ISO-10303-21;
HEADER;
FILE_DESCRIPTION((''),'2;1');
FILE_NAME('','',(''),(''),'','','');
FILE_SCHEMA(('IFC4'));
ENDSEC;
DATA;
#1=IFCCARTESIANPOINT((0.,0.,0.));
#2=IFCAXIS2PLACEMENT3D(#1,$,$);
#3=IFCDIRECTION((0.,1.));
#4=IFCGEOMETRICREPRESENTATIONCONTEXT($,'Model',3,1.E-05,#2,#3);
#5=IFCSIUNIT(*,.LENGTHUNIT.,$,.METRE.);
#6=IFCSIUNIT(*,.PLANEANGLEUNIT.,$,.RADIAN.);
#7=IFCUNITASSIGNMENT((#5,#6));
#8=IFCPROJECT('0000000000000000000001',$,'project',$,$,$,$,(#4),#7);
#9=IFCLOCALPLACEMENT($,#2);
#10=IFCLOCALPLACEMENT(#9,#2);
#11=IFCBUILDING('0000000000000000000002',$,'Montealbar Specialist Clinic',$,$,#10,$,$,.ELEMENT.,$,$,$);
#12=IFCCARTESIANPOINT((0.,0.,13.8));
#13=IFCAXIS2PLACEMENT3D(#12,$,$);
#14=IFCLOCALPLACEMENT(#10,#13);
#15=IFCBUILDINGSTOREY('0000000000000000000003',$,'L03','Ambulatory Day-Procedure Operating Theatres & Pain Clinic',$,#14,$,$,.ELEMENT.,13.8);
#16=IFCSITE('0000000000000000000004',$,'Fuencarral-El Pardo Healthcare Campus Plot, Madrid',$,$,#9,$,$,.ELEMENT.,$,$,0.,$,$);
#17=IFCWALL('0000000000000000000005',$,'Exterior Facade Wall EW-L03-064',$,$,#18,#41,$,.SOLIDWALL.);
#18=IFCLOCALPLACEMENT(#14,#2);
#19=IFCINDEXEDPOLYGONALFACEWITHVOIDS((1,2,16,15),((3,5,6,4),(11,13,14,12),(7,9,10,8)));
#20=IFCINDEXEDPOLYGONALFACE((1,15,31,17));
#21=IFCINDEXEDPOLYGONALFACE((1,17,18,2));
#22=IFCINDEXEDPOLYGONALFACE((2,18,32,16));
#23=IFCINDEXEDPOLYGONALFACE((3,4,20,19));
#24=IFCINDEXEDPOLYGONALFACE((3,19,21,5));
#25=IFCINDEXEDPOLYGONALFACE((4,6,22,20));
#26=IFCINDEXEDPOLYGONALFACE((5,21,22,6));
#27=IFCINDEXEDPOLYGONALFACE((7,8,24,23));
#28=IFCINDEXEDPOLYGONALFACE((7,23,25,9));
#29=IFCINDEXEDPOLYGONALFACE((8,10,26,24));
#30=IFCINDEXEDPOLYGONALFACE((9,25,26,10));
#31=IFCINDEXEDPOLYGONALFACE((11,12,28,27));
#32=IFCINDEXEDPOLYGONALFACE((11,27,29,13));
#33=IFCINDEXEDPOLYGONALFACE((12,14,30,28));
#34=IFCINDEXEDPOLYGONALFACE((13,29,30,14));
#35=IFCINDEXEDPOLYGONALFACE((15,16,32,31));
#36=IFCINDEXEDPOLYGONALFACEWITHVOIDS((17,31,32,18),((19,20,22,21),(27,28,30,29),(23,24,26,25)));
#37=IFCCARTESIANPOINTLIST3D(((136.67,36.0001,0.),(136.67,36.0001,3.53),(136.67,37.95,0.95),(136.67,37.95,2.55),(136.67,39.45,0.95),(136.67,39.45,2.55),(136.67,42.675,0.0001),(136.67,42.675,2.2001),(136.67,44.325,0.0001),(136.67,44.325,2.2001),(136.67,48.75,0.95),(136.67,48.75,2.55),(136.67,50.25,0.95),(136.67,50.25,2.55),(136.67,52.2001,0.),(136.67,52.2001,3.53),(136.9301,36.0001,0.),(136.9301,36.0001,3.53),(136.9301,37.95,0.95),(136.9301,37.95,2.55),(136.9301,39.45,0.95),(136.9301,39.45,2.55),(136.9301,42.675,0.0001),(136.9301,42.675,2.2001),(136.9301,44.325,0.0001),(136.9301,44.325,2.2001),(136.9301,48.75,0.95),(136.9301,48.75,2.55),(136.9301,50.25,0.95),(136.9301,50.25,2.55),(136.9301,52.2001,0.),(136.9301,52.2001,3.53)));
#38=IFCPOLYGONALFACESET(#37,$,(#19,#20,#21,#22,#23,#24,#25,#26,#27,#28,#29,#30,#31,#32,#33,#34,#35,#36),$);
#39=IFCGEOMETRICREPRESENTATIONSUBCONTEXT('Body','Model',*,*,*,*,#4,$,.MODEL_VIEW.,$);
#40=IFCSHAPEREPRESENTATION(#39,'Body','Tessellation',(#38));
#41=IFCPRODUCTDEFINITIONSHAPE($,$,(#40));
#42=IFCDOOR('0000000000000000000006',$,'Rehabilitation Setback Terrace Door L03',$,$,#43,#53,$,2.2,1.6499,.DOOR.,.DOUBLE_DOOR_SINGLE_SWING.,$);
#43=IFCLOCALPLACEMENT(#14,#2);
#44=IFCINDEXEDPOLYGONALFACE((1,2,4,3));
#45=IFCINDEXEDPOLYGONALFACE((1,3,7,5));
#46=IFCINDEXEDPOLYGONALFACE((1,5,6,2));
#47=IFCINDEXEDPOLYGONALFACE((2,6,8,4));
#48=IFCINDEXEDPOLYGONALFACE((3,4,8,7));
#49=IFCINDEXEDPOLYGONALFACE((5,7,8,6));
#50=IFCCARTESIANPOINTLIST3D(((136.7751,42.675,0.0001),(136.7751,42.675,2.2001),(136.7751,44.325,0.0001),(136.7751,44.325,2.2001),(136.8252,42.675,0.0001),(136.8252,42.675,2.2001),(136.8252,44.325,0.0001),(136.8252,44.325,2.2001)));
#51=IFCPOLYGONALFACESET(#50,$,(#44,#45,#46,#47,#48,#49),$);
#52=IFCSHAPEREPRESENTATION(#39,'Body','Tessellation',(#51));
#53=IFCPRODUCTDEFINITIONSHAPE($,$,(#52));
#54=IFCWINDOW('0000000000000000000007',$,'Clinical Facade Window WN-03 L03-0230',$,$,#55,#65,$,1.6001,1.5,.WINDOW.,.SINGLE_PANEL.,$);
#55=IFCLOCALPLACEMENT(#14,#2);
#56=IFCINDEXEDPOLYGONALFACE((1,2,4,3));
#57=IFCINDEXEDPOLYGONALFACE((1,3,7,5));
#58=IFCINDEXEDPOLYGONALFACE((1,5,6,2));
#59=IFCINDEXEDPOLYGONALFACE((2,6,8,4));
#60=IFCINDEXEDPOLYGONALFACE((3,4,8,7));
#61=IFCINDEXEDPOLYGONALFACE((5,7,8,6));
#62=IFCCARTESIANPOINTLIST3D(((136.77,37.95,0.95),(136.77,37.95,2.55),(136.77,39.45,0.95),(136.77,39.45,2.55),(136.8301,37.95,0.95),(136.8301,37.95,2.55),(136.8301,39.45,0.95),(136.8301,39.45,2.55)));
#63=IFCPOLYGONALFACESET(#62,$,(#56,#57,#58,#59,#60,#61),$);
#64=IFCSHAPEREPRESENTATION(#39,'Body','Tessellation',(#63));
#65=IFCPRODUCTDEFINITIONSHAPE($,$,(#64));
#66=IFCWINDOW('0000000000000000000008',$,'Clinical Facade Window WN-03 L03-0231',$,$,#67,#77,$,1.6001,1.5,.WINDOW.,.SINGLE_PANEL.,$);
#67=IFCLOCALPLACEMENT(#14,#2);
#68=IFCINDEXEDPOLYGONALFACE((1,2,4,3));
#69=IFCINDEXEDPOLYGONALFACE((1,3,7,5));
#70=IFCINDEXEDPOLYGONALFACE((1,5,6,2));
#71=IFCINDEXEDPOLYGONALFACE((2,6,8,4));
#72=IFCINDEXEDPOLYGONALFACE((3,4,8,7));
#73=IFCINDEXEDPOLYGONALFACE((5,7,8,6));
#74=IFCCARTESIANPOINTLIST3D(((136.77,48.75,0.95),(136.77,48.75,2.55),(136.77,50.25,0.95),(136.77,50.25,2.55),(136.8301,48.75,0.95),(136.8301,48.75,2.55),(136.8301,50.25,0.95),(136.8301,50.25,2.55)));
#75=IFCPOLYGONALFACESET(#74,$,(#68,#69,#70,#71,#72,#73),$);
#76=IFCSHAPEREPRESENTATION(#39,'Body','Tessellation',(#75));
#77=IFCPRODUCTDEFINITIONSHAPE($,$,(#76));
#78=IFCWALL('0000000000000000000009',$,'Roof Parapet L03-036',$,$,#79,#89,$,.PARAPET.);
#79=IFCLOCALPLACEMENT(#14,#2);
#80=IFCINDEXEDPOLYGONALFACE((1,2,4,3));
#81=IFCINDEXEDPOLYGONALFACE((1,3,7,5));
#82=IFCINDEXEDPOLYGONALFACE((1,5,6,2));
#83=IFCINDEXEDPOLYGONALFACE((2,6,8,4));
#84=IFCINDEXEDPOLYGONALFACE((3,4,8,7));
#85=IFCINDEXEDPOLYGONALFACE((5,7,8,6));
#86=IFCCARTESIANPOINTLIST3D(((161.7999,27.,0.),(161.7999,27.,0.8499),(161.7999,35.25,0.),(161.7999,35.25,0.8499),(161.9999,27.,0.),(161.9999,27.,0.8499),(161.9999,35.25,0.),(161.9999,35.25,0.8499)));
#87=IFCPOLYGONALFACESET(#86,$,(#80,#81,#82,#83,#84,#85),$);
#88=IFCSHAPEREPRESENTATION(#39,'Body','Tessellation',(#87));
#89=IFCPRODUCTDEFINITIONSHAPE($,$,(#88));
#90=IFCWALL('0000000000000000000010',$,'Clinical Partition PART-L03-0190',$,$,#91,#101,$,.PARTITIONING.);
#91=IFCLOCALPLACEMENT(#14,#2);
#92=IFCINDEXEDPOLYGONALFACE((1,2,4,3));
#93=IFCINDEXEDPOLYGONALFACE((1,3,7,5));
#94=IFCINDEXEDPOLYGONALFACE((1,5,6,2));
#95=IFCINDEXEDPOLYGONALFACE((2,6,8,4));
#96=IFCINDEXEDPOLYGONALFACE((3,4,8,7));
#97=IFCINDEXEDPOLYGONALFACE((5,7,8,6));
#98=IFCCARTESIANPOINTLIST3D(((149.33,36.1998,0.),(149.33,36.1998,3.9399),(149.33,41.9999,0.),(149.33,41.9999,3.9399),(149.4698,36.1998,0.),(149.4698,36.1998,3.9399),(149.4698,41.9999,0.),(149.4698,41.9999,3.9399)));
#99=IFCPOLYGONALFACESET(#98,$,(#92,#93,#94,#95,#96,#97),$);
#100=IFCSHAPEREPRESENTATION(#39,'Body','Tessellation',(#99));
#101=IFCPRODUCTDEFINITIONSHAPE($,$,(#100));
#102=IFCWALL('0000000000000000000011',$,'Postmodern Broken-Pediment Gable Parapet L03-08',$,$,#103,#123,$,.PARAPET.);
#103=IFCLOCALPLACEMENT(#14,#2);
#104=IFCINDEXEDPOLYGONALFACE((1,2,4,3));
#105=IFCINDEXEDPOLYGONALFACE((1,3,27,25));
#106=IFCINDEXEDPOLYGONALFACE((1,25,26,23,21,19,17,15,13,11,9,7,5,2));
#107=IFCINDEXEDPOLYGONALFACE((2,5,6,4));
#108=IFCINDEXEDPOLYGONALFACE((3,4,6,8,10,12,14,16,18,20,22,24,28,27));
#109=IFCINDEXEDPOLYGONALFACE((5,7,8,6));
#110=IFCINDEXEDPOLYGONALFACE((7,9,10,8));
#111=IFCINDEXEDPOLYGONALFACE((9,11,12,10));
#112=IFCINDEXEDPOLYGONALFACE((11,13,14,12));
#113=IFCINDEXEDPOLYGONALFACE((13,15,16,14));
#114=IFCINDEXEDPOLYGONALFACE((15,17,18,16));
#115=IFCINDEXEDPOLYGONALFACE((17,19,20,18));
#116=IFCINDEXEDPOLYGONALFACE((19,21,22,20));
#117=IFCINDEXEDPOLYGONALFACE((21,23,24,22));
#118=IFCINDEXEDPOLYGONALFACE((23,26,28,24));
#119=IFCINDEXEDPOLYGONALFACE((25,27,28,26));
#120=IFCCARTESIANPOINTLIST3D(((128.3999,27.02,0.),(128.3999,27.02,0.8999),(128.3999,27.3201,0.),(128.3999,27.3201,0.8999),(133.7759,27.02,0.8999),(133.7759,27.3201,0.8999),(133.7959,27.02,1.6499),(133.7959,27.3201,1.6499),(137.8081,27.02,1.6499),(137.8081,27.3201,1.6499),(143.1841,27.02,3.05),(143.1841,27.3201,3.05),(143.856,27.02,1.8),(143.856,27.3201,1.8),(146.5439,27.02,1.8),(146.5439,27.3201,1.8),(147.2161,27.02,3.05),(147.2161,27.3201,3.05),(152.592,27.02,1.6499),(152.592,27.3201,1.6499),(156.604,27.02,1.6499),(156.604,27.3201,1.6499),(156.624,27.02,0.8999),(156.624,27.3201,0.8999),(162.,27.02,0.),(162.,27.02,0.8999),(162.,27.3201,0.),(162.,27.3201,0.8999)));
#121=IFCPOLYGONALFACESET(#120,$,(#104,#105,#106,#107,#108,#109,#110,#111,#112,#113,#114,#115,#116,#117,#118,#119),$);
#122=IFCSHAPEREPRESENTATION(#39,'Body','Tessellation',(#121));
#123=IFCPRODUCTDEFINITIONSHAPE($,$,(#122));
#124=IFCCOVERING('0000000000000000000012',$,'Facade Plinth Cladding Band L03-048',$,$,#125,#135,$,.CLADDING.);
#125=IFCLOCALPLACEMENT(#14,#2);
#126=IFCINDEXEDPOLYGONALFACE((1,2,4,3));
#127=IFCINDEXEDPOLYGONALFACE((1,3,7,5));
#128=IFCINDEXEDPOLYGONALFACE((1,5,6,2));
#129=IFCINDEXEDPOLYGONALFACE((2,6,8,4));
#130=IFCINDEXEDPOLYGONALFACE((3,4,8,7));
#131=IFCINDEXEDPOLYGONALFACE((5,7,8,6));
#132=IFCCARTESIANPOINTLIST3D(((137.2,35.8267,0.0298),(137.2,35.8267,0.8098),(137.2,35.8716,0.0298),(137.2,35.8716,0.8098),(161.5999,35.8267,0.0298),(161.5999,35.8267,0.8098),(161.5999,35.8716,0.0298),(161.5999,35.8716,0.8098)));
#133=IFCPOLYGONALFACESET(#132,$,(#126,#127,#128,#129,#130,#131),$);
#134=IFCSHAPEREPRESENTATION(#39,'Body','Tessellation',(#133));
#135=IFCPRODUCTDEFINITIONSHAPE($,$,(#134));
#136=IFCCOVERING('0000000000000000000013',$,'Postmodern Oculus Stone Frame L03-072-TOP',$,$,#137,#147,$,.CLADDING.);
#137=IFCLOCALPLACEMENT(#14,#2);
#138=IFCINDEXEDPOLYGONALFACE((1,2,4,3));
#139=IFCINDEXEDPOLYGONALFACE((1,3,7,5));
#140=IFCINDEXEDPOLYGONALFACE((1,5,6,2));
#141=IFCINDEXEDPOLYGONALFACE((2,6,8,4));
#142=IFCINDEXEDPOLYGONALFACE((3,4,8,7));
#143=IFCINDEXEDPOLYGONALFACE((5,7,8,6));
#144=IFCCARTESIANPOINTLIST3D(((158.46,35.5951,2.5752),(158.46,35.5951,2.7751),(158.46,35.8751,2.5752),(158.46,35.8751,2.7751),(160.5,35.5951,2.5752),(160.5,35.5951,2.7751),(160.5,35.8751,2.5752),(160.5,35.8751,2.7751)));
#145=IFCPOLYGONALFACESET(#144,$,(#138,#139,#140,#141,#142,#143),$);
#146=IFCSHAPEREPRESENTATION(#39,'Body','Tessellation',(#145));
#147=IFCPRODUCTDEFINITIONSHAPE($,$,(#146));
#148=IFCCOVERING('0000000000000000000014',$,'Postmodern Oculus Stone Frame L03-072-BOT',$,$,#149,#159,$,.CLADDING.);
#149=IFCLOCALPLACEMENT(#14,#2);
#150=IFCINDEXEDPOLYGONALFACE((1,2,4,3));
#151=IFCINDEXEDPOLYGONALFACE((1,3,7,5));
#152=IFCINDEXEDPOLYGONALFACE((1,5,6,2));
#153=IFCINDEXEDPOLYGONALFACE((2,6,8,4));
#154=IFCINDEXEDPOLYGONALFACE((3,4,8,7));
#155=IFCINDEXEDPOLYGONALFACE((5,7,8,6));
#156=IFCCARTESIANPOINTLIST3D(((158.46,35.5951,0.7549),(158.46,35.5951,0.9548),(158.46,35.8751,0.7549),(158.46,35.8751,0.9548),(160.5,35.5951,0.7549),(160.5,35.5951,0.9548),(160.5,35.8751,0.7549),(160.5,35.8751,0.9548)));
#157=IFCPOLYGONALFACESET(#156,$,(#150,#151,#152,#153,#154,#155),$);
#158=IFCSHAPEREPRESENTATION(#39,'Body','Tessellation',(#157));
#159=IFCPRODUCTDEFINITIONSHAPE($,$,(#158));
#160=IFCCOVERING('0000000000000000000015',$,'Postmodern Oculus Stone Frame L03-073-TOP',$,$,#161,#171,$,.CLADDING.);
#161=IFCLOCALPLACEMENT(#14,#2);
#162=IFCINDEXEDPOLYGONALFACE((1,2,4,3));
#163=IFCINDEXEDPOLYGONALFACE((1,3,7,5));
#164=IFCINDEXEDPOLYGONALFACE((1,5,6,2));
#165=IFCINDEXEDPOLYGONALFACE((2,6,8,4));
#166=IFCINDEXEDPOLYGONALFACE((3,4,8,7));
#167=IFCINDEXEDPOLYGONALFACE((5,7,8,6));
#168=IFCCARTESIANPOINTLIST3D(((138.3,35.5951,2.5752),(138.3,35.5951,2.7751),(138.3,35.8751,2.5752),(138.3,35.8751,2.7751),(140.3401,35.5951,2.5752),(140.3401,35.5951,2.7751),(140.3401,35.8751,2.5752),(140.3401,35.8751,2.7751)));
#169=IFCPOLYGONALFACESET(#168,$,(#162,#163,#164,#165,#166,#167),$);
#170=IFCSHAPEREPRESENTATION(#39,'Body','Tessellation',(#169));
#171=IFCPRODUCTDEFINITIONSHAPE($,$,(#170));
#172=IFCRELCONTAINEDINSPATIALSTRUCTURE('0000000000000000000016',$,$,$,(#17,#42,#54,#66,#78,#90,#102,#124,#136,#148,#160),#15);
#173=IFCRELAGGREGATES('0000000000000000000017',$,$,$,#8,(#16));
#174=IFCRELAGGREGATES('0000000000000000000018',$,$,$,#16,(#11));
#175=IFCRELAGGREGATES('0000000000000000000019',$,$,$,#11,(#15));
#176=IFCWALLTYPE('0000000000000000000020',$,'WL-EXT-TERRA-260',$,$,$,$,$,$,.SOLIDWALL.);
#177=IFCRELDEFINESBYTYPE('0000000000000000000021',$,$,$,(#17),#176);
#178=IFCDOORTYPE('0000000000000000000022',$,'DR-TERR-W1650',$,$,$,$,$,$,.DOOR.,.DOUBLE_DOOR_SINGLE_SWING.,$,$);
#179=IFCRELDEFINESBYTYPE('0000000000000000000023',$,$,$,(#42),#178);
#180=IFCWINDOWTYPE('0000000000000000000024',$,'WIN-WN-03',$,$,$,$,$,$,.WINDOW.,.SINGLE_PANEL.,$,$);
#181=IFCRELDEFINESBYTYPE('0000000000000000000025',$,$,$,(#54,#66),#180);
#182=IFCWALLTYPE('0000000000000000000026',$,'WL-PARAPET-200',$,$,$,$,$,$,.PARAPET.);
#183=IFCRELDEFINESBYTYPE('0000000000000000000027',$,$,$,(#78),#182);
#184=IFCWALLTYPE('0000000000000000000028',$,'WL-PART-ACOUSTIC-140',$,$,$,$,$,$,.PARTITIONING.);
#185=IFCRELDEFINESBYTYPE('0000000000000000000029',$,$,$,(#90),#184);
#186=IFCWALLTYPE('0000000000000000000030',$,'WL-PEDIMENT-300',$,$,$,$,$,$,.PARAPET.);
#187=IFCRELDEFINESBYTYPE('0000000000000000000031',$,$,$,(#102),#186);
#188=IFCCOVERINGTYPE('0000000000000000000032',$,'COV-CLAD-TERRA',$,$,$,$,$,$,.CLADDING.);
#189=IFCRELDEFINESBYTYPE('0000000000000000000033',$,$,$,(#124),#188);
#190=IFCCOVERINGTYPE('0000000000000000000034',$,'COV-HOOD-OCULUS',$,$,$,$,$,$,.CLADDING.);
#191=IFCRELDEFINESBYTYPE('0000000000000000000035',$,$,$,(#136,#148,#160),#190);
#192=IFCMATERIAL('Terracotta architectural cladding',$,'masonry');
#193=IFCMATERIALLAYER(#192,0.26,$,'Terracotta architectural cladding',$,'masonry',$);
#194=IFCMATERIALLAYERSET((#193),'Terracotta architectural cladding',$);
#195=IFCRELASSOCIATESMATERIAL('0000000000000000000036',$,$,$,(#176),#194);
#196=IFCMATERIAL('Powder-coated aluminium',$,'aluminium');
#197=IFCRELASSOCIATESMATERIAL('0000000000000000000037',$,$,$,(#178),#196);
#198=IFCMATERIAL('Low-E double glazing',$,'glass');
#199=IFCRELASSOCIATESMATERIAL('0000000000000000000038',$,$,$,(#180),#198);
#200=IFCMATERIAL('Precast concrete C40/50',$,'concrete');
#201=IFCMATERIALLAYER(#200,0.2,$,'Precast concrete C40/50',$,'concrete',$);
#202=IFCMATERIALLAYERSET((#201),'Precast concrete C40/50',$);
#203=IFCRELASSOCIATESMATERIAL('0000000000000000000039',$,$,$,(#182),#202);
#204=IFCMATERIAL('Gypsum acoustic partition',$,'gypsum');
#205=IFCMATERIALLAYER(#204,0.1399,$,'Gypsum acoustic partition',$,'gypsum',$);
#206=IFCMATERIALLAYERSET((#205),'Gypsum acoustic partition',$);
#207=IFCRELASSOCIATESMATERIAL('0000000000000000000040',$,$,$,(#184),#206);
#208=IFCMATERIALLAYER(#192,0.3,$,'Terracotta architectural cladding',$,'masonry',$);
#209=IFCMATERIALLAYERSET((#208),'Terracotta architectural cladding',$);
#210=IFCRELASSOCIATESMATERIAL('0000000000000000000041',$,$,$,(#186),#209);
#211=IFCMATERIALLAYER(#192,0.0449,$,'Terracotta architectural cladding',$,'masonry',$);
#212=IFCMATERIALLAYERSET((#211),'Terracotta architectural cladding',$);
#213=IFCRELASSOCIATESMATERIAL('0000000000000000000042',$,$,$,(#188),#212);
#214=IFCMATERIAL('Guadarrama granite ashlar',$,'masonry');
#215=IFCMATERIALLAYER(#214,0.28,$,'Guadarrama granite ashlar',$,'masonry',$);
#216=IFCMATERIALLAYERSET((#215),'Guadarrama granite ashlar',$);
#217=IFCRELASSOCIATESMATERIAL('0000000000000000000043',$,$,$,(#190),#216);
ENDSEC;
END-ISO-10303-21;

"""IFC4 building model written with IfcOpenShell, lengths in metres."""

from ifc_helpers import new_model, si_unit, direction, frame, frame_2d, origin, origin_2d, place, context, subcontext, project, spatial, polyline, rectangle, outline, extrude, material, layer, layer_set, type_object, element, fill, save


model = new_model("IFC4")

# Units and contexts
model_context = context("Model", 3, precision=1e-05, world=origin(), true_north=direction((0.0, 1.0)))
body_context = subcontext(model_context, "Body", "Model", "MODEL_VIEW")
ifc_project = project(units=[si_unit("LENGTHUNIT", "METRE"), si_unit("PLANEANGLEUNIT", "RADIAN")], contexts=[model_context])

# Site, building, storey
site_placement = place(None, origin())
site = spatial("IfcSite", under=ifc_project, at=site_placement, Name="Fuencarral-El Pardo Healthcare Campus Plot, Madrid", CompositionType="ELEMENT", RefElevation=0.0)
building_placement = place(site_placement, origin())
building = spatial("IfcBuilding", under=site, at=building_placement, Name="Montealbar Specialist Clinic", CompositionType="ELEMENT")
storey_placement = place(building_placement, frame((0.0, 0.0, 13.8)))
storey = spatial("IfcBuildingStorey", under=building, at=storey_placement, Name="L03", Description="Ambulatory Day-Procedure Operating Theatres & Pain Clinic", CompositionType="ELEMENT", Elevation=13.8)

# Shared definitions
ifc_material_1 = material(Name="Terracotta architectural cladding", Category="masonry")
ifc_layer_1 = layer(ifc_material_1, 0.26, Name="Terracotta architectural cladding", Category="masonry")
ifc_layer_set_1 = layer_set([ifc_layer_1], Name="Terracotta architectural cladding")
wall_type_1 = type_object("IfcWallType", Name="WL-EXT-TERRA-260", PredefinedType="SOLIDWALL", material=ifc_layer_set_1)
ifc_material_2 = material(Name="Low-E double glazing", Category="glass")

# Wall, openings, door, windows
wall_1_placement = place(storey_placement, frame((136.8, 36.0, 0.0), z_axis=(0.0, 0.0, 1.0), x_axis=(0.0, 1.0, 0.0)))
wall_1 = element("IfcWall", 1, at=wall_1_placement, inside=storey, type_object=wall_type_1, Name="Exterior Facade Wall EW-L03-064", PredefinedType="SOLIDWALL", context=body_context, shape_type="SweptSolid", body=[
    extrude(rectangle(XDim=16.2, YDim=0.26, at=frame_2d((8.1001, 0.0))), origin(), (0.0, 0.0, 1.0), 3.53),
])
opening_1_placement = place(wall_1_placement, frame((6.675, 0.0, 0.0)))
opening_1 = element("IfcOpeningElement", 2, at=opening_1_placement, cuts=wall_1, PredefinedType="OPENING", context=body_context, shape_type="SweptSolid", body=[
    extrude(rectangle(XDim=1.6499, YDim=2.2, at=frame_2d((0.825, 1.1001))), frame((0.0, 0.1399, 0.0), z_axis=(0.0, -1.0, 0.0), x_axis=(1.0, 0.0, 0.0)), (0.0, 0.0, 1.0), 0.28),
])
opening_2_placement = place(wall_1_placement, frame((1.95, 0.0, 0.95)))
opening_2 = element("IfcOpeningElement", 3, at=opening_2_placement, cuts=wall_1, PredefinedType="OPENING", context=body_context, shape_type="SweptSolid", body=[
    extrude(rectangle(XDim=1.5, YDim=1.6001, at=frame_2d((0.75, 0.8))), frame((0.0, 0.1399, 0.0), z_axis=(0.0, -1.0, 0.0), x_axis=(1.0, 0.0, 0.0)), (0.0, 0.0, 1.0), 0.28),
])
opening_3_placement = place(wall_1_placement, frame((12.75, 0.0, 0.95)))
opening_3 = element("IfcOpeningElement", 4, at=opening_3_placement, cuts=wall_1, PredefinedType="OPENING", context=body_context, shape_type="SweptSolid", body=[
    extrude(rectangle(XDim=1.5, YDim=1.6001, at=frame_2d((0.75, 0.8))), frame((0.0, 0.1399, 0.0), z_axis=(0.0, -1.0, 0.0), x_axis=(1.0, 0.0, 0.0)), (0.0, 0.0, 1.0), 0.28),
])
ifc_material_3 = material(Name="Powder-coated aluminium", Category="aluminium")
door_type = type_object("IfcDoorType", Name="DR-TERR-W1650", OperationType="DOUBLE_DOOR_SINGLE_SWING", PredefinedType="DOOR", material=ifc_material_3)
door_placement = place(opening_1_placement, origin())
door = element("IfcDoor", 5, at=door_placement, inside=storey, type_object=door_type, Name="Rehabilitation Setback Terrace Door L03", OperationType="DOUBLE_DOOR_SINGLE_SWING", OverallHeight=2.2, OverallWidth=1.6499, PredefinedType="DOOR", context=body_context, shape_type="SweptSolid", body=[
    extrude(rectangle(XDim=1.6499, YDim=2.2, at=frame_2d((0.825, 1.1001))), frame((0.0, 0.0249, 0.0), z_axis=(0.0, -1.0, 0.0), x_axis=(1.0, 0.0, 0.0)), (0.0, 0.0, 1.0), 0.05),
])
fill(opening_1, door)
window_type_1 = type_object("IfcWindowType", Name="WIN-WN-03", PartitioningType="SINGLE_PANEL", PredefinedType="WINDOW", material=ifc_material_2)
window_1_placement = place(opening_2_placement, origin())
window_1 = element("IfcWindow", 6, at=window_1_placement, inside=storey, type_object=window_type_1, Name="Clinical Facade Window WN-03 L03-0230", OverallHeight=1.6001, OverallWidth=1.5, PartitioningType="SINGLE_PANEL", PredefinedType="WINDOW", context=body_context, shape_type="SweptSolid", body=[
    extrude(rectangle(XDim=1.5, YDim=1.6001, at=frame_2d((0.75, 0.8))), frame((0.0, 0.03, 0.0), z_axis=(0.0, -1.0, 0.0), x_axis=(1.0, 0.0, 0.0)), (0.0, 0.0, 1.0), 0.0601),
])
fill(opening_2, window_1)
window_2_placement = place(opening_3_placement, origin())
window_2 = element("IfcWindow", 7, at=window_2_placement, inside=storey, type_object=window_type_1, Name="Clinical Facade Window WN-03 L03-0231", OverallHeight=1.6001, OverallWidth=1.5, PartitioningType="SINGLE_PANEL", PredefinedType="WINDOW", context=body_context, shape_type="SweptSolid", body=[
    extrude(rectangle(XDim=1.5, YDim=1.6001, at=frame_2d((0.75, 0.8))), frame((0.0, 0.03, 0.0), z_axis=(0.0, -1.0, 0.0), x_axis=(1.0, 0.0, 0.0)), (0.0, 0.0, 1.0), 0.0601),
])
fill(opening_3, window_2)

# Walls
ifc_material_4 = material(Name="Precast concrete C40/50", Category="concrete")
ifc_layer_2 = layer(ifc_material_4, 0.2, Name="Precast concrete C40/50", Category="concrete")
ifc_layer_set_2 = layer_set([ifc_layer_2], Name="Precast concrete C40/50")
wall_type_2 = type_object("IfcWallType", Name="WL-PARAPET-200", PredefinedType="PARAPET", material=ifc_layer_set_2)
wall_2_placement = place(storey_placement, frame((161.8999, 35.25, 0.0), z_axis=(0.0, 0.0, 1.0), x_axis=(0.0, -1.0, 0.0)))
element("IfcWall", 8, at=wall_2_placement, inside=storey, type_object=wall_type_2, Name="Roof Parapet L03-036", PredefinedType="PARAPET", context=body_context, shape_type="SweptSolid", body=[
    extrude(rectangle(XDim=8.25, YDim=0.2, at=frame_2d((4.125, 0.0))), origin(), (0.0, 0.0, 1.0), 0.8499),
])
ifc_material_5 = material(Name="Gypsum acoustic partition", Category="gypsum")
ifc_layer_3 = layer(ifc_material_5, 0.1399, Name="Gypsum acoustic partition", Category="gypsum")
ifc_layer_set_3 = layer_set([ifc_layer_3], Name="Gypsum acoustic partition")
wall_type_3 = type_object("IfcWallType", Name="WL-PART-ACOUSTIC-140", PredefinedType="PARTITIONING", material=ifc_layer_set_3)
wall_3_placement = place(storey_placement, frame((149.3999, 36.2, 0.0), z_axis=(0.0, 0.0, 1.0), x_axis=(0.0, 1.0, 0.0)))
element("IfcWall", 9, at=wall_3_placement, inside=storey, type_object=wall_type_3, Name="Clinical Partition PART-L03-0190", PredefinedType="PARTITIONING", context=body_context, shape_type="SweptSolid", body=[
    extrude(rectangle(XDim=5.8, YDim=0.1399, at=frame_2d((2.8999, 0.0))), origin(), (0.0, 0.0, 1.0), 3.9399),
])
ifc_layer_4 = layer(ifc_material_1, 0.3, Name="Terracotta architectural cladding", Category="masonry")
ifc_layer_set_4 = layer_set([ifc_layer_4], Name="Terracotta architectural cladding")
wall_type_4 = type_object("IfcWallType", Name="WL-PEDIMENT-300", PredefinedType="PARAPET", material=ifc_layer_set_4)
wall_4_placement = place(storey_placement, frame((162.0, 27.1699, 0.0), z_axis=(0.0, 0.0, 1.0), x_axis=(-1.0, 0.0, 0.0)))
element("IfcWall", 10, at=wall_4_placement, inside=storey, type_object=wall_type_4, Name="Postmodern Broken-Pediment Gable Parapet L03-08", PredefinedType="PARAPET", context=body_context, shape_type="SweptSolid", body=[
    extrude(outline(polyline([(0.0, 0.0), (33.6001, 0.0), (33.6001, 0.8999), (28.2241, 0.8999), (28.2041, 1.6499), (24.1919, 1.6499), (18.8159, 3.05), (18.144, 1.8), (15.4561, 1.8), (14.7839, 3.05), (9.408, 1.6499), (5.396, 1.6499), (5.376, 0.8999), (0.0, 0.8999), (0.0, 0.0)])), frame((0.0, 0.1499, 0.0), z_axis=(0.0, -1.0, 0.0), x_axis=(1.0, 0.0, 0.0)), (0.0, 0.0, 1.0), 0.3),
])

# Coverings
ifc_layer_5 = layer(ifc_material_1, 0.0449, Name="Terracotta architectural cladding", Category="masonry")
ifc_layer_set_5 = layer_set([ifc_layer_5], Name="Terracotta architectural cladding")
covering_type_1 = type_object("IfcCoveringType", Name="COV-CLAD-TERRA", PredefinedType="CLADDING", material=ifc_layer_set_5)
covering_placement = place(storey_placement, frame((149.3999, 35.8491, 0.0298), z_axis=(0.0, 0.0, 1.0), x_axis=(-1.0, 0.0, 0.0)))
element("IfcCovering", 11, at=covering_placement, inside=storey, type_object=covering_type_1, Name="Facade Plinth Cladding Band L03-048", PredefinedType="CLADDING", context=body_context, shape_type="SweptSolid", body=[
    extrude(rectangle(XDim=24.3999, YDim=0.0449, at=origin_2d()), origin(), (0.0, 0.0, 1.0), 0.78),
])
ifc_material_6 = material(Name="Guadarrama granite ashlar", Category="masonry")
ifc_layer_6 = layer(ifc_material_6, 0.28, Name="Guadarrama granite ashlar", Category="masonry")
ifc_layer_set_6 = layer_set([ifc_layer_6], Name="Guadarrama granite ashlar")
covering_type_2 = type_object("IfcCoveringType", Name="COV-HOOD-OCULUS", PredefinedType="CLADDING", material=ifc_layer_set_6)
for number, where, z_axis, x_axis, name in (
    (12, (159.48, 35.7351, 2.5752), (0.0, 0.0, 1.0), (-1.0, 0.0, 0.0), "Postmodern Oculus Stone Frame L03-072-TOP"),
    (13, (159.48, 35.7351, 0.7549), (0.0, 0.0, 1.0), (-1.0, 0.0, 0.0), "Postmodern Oculus Stone Frame L03-072-BOT"),
    (14, (139.3201, 35.7351, 2.5752), (0.0, 0.0, 1.0), (-1.0, 0.0, 0.0), "Postmodern Oculus Stone Frame L03-073-TOP"),
):
    element("IfcCovering", number, at=place(storey_placement, frame(where, z_axis=z_axis, x_axis=x_axis)), inside=storey, type_object=covering_type_2, Name=name, PredefinedType="CLADDING", context=body_context, shape_type="SweptSolid", body=[
        extrude(rectangle(XDim=2.04, YDim=0.28, at=origin_2d()), origin(), (0.0, 0.0, 1.0), 0.2),
    ])

save(model, "model.ifc")
